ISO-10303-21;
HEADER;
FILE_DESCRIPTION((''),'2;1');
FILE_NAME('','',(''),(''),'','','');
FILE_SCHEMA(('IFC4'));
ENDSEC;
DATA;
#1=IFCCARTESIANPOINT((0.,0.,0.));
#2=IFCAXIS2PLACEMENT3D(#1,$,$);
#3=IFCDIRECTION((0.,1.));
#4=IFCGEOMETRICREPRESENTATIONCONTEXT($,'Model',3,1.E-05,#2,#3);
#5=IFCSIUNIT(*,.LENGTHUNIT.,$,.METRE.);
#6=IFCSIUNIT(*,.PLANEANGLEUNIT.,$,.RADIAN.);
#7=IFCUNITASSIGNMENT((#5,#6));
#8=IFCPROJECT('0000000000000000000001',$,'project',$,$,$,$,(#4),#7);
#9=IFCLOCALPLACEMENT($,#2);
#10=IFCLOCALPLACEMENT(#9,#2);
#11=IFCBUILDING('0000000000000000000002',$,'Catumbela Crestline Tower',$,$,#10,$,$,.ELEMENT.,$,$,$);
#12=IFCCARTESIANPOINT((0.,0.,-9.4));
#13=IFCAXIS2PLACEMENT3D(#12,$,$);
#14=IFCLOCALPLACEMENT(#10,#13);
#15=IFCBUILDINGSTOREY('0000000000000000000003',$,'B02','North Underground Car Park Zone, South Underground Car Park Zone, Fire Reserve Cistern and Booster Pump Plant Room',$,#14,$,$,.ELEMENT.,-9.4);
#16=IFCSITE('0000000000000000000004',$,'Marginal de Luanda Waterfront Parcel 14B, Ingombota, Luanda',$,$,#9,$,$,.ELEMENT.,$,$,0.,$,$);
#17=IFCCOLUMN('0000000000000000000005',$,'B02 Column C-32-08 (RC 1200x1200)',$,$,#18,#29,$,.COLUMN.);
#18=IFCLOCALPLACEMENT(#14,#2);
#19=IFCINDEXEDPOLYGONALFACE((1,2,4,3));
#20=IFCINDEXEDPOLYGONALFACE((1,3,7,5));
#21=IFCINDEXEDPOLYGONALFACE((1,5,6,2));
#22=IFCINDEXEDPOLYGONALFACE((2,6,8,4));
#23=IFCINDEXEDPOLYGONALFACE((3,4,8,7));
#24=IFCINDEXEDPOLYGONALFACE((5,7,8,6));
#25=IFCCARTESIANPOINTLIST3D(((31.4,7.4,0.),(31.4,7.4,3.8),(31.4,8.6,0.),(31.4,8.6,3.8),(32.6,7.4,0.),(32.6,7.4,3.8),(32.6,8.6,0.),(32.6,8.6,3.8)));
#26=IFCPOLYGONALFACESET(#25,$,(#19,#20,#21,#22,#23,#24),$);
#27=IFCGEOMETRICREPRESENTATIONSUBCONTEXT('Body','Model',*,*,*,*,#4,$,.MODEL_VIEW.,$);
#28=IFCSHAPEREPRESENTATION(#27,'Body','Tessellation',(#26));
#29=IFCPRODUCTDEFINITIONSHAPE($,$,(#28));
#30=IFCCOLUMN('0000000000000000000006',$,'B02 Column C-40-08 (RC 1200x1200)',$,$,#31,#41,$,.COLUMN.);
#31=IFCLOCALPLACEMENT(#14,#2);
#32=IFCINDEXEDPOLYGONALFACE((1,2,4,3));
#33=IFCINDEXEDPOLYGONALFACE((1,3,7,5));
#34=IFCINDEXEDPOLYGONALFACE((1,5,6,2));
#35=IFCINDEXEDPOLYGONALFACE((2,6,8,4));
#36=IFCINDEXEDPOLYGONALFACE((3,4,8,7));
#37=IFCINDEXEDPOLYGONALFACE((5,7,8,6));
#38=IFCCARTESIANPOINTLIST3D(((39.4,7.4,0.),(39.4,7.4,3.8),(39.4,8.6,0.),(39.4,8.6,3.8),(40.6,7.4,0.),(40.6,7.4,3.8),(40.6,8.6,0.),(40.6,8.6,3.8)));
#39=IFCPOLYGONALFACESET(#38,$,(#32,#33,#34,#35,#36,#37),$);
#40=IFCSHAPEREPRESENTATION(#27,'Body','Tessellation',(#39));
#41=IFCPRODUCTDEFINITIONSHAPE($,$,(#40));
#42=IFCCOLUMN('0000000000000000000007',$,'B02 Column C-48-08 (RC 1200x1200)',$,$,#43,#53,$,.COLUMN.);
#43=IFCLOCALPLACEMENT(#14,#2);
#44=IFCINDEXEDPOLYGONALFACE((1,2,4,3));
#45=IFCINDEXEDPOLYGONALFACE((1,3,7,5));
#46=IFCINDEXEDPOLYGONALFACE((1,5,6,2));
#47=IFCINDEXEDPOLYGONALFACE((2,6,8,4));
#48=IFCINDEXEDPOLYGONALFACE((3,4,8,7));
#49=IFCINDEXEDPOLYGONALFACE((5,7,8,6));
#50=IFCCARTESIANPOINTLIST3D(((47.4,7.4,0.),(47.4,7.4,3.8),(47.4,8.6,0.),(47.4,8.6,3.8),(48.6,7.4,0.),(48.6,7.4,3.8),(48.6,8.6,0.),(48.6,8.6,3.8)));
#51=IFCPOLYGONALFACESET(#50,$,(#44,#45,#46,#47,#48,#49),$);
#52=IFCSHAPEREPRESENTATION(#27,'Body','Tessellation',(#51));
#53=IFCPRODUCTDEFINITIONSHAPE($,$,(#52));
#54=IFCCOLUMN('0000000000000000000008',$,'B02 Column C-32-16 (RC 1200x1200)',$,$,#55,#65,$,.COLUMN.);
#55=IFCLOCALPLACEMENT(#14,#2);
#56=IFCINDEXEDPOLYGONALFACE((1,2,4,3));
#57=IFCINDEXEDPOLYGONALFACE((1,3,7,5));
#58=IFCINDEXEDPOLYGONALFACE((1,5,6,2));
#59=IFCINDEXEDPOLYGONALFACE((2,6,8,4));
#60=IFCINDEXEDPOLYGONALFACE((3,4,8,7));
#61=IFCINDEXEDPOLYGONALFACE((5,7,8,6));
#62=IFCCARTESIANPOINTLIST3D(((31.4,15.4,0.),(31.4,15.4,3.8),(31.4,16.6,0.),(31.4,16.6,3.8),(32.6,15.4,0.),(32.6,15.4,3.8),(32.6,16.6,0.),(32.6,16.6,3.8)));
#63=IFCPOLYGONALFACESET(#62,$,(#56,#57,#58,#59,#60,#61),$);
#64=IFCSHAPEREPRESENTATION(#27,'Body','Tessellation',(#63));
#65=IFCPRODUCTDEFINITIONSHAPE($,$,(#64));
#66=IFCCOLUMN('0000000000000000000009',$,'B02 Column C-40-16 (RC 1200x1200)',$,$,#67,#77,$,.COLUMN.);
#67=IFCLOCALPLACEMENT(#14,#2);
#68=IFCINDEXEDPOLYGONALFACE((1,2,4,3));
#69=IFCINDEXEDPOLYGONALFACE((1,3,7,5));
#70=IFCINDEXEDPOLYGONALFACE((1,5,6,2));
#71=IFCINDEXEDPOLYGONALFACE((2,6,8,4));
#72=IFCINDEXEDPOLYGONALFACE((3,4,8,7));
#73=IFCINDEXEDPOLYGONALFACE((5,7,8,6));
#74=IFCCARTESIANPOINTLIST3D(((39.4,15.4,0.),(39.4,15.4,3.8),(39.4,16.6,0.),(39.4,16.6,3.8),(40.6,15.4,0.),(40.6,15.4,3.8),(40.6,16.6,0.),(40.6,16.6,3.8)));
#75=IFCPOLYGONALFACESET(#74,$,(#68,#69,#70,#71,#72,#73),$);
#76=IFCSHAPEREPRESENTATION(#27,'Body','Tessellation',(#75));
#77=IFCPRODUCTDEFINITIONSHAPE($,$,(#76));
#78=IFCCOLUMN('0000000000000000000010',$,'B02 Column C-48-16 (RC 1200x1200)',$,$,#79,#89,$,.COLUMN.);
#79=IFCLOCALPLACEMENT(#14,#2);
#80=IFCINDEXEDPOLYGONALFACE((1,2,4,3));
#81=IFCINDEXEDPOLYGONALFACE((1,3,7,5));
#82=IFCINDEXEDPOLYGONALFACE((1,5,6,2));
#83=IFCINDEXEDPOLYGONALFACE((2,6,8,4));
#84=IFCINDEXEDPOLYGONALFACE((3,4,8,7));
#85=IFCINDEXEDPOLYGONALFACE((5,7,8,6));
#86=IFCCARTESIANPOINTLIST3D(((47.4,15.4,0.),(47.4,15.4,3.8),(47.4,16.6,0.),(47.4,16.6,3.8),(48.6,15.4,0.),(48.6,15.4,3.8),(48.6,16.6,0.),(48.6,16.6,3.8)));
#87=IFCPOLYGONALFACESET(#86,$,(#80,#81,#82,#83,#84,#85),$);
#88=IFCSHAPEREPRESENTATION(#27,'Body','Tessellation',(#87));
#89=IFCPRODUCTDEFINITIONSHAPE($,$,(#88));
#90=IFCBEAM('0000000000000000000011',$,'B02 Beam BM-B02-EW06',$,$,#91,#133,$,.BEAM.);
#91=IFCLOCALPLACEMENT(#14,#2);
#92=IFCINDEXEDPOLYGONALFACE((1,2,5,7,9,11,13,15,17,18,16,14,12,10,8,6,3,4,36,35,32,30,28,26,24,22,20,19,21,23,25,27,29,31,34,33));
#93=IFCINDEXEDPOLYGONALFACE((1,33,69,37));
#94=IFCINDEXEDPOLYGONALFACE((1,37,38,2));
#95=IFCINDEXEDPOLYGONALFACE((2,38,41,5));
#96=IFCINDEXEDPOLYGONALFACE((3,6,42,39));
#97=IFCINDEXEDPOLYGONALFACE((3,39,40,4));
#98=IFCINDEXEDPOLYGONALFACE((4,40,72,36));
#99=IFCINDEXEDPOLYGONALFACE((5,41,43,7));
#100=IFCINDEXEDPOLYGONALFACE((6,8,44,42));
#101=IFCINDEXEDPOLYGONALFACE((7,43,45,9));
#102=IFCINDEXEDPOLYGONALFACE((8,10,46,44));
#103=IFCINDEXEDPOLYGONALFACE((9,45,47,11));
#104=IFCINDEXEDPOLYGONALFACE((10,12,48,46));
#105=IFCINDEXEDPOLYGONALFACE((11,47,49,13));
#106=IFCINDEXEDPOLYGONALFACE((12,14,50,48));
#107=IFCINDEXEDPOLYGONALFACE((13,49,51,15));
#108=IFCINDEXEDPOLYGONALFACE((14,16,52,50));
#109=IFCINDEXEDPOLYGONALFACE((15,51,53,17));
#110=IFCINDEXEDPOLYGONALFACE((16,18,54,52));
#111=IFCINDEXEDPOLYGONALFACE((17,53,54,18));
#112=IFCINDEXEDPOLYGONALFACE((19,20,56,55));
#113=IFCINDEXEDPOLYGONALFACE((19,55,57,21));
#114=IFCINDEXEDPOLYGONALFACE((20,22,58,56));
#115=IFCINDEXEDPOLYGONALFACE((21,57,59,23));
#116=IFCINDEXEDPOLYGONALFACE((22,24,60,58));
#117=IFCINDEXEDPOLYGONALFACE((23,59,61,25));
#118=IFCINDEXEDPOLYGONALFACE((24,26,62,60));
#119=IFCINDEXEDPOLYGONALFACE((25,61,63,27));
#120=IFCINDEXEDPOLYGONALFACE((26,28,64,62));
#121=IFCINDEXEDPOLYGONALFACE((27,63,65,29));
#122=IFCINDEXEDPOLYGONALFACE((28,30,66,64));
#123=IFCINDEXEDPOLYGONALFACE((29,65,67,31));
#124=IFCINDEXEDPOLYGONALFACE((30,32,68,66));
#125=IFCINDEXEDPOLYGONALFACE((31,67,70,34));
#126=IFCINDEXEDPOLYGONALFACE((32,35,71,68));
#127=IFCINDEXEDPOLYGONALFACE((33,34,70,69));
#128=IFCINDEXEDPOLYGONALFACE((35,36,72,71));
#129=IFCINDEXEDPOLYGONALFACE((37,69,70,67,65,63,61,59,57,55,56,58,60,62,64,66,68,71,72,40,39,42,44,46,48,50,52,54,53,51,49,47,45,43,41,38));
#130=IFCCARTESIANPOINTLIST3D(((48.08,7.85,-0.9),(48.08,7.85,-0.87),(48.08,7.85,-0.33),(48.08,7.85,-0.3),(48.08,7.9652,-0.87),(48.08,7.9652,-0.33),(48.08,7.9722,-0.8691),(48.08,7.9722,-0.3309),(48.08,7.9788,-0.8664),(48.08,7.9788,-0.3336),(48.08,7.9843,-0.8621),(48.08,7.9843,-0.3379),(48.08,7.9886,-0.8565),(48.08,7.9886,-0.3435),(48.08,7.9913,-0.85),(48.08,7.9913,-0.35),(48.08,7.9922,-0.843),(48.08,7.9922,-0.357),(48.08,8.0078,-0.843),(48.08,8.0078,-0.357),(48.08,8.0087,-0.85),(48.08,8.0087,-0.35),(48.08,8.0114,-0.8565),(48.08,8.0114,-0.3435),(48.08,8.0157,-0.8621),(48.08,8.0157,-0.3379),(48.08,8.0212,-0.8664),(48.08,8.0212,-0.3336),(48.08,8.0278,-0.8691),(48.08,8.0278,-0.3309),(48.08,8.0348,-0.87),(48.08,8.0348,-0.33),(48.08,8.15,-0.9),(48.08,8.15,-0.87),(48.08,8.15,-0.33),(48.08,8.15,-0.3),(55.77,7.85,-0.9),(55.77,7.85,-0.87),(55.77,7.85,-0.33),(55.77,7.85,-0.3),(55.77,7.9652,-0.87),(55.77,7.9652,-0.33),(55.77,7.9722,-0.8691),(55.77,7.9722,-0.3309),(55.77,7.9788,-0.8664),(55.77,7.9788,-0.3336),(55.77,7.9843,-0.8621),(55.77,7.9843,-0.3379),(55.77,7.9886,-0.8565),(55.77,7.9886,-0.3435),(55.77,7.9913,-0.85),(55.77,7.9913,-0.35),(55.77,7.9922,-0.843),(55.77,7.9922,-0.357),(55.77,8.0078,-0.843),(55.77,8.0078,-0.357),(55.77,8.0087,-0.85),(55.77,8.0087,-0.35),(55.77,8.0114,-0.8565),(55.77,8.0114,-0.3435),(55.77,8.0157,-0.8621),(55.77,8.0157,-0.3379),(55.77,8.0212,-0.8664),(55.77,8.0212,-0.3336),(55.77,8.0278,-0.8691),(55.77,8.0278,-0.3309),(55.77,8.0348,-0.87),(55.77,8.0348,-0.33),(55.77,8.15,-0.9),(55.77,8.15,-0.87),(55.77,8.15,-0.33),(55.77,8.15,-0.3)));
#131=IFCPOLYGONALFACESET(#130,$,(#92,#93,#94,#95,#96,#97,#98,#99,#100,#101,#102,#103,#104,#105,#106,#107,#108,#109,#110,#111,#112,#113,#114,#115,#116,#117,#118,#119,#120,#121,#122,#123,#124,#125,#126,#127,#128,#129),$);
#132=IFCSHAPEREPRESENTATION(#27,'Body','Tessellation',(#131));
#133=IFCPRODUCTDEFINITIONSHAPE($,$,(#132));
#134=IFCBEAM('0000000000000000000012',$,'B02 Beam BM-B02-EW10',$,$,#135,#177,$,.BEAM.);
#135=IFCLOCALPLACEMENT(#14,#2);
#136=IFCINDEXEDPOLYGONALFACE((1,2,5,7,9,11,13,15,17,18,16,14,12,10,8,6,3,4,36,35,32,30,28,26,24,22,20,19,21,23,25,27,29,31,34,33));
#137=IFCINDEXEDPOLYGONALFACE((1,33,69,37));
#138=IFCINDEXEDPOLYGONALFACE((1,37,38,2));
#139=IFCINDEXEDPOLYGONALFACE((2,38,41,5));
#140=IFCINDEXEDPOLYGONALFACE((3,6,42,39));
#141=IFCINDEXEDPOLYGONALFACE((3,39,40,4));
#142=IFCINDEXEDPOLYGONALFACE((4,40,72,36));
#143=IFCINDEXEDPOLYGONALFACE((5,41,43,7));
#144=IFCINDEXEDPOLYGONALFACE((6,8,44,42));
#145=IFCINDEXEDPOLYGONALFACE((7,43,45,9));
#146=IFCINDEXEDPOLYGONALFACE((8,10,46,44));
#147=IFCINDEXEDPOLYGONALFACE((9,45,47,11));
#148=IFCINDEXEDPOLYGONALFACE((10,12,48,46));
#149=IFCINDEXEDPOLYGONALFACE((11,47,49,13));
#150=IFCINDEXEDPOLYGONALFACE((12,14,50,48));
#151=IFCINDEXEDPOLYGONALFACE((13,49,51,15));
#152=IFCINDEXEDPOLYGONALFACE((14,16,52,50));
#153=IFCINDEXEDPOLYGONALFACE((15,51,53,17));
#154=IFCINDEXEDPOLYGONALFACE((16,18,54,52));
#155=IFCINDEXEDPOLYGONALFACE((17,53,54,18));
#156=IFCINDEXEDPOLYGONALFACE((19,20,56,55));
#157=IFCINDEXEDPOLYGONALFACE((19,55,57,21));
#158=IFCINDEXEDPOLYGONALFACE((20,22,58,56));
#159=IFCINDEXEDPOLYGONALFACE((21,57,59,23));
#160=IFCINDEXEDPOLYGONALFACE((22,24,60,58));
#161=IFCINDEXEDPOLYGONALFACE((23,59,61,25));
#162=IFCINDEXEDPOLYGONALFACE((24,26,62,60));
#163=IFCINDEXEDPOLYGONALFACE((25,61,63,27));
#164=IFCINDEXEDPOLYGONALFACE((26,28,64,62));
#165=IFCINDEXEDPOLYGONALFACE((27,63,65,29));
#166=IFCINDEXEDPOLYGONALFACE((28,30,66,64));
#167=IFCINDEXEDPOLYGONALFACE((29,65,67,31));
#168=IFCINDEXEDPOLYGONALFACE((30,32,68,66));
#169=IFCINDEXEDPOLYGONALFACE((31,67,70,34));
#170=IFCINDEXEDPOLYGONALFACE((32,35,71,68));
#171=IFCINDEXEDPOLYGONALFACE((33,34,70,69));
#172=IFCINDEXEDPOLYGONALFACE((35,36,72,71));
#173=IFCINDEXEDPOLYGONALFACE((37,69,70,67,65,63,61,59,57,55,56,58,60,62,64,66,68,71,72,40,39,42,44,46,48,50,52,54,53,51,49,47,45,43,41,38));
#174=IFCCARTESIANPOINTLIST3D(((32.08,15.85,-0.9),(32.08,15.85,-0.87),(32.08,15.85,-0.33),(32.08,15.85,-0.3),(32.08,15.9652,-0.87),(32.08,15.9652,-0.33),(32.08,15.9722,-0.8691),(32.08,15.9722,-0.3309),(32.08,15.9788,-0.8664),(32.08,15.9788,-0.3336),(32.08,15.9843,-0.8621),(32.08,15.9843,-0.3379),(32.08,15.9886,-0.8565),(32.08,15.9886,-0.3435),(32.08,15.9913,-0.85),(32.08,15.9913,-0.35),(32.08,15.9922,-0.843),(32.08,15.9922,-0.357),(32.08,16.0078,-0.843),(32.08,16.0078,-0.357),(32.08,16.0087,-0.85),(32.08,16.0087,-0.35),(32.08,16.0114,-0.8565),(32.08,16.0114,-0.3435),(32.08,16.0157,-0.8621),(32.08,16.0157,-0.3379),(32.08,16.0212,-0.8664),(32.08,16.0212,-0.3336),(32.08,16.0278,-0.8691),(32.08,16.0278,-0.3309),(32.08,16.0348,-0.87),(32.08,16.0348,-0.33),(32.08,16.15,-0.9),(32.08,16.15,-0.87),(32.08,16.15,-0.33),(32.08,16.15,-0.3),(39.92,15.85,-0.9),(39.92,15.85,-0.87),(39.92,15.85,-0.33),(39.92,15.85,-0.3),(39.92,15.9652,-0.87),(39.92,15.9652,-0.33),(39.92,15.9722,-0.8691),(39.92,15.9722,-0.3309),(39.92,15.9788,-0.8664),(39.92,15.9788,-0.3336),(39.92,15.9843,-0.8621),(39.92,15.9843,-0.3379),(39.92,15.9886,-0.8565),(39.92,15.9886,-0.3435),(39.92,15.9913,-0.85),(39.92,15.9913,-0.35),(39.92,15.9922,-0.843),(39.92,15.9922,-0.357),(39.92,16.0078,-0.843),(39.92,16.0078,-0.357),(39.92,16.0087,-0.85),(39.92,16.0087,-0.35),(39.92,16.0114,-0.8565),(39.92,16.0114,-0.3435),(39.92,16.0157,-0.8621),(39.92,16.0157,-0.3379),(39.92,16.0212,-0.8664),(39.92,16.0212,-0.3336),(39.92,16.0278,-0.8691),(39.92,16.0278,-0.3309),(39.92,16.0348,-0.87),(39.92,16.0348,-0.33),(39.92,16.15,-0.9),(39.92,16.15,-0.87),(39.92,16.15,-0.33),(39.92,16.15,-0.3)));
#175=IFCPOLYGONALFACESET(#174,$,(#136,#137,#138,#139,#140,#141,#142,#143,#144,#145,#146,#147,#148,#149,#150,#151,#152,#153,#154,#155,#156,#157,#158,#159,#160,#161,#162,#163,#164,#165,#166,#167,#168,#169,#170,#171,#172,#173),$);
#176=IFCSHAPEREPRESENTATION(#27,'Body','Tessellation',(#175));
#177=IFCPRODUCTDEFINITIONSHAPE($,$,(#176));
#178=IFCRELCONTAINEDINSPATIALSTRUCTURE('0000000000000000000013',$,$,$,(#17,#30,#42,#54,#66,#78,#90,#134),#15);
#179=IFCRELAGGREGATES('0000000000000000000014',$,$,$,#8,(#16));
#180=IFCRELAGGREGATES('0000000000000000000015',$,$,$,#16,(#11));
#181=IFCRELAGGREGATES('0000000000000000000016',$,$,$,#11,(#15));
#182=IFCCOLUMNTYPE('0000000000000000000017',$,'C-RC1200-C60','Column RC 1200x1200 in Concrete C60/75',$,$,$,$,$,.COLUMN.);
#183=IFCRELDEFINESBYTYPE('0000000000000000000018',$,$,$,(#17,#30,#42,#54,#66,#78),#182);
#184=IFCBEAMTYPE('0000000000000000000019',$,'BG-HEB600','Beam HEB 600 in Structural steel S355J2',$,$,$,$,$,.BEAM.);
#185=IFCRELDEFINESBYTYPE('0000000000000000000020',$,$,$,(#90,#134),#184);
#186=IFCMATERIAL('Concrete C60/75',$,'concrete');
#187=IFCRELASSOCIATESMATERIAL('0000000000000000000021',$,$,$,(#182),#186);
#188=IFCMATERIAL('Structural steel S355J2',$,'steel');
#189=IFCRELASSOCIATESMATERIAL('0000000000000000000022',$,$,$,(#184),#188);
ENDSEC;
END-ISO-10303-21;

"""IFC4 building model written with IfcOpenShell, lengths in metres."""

from ifc_helpers import new_model, si_unit, direction, frame, origin, origin_2d, place, context, subcontext, project, spatial, rectangle, i_section, extrude, material, material_profile, profile_set, type_object, element, save


model = new_model("IFC4")

# Units and contexts
model_context = context("Model", 3, precision=1e-05, world=origin(), true_north=direction((0.0, 1.0)))
body_context = subcontext(model_context, "Body", "Model", "MODEL_VIEW")
ifc_project = project(units=[si_unit("LENGTHUNIT", "METRE"), si_unit("PLANEANGLEUNIT", "RADIAN")], contexts=[model_context])

# Site, building, storey
site_placement = place(None, origin())
site = spatial("IfcSite", under=ifc_project, at=site_placement, Name="Marginal de Luanda Waterfront Parcel 14B, Ingombota, Luanda", CompositionType="ELEMENT", RefElevation=0.0)
building_placement = place(site_placement, origin())
building = spatial("IfcBuilding", under=site, at=building_placement, Name="Catumbela Crestline Tower", CompositionType="ELEMENT")
storey_placement = place(building_placement, frame((0.0, 0.0, -9.4)))
storey = spatial("IfcBuildingStorey", under=building, at=storey_placement, Name="B02", Description="North Underground Car Park Zone, South Underground Car Park Zone, Fire Reserve Cistern and Booster Pump Plant Room", CompositionType="ELEMENT", Elevation=-9.4)

# Columns
ifc_material_1 = material(Name="Concrete C60/75", Category="concrete")
ifc_material_profile_1 = material_profile(ifc_material_1, rectangle(XDim=1.2, YDim=1.2, at=origin_2d()), Name="RC 1200x1200")
ifc_profile_set_1 = profile_set([ifc_material_profile_1], Name="Concrete C60/75")
column_type = type_object("IfcColumnType", Name="C-RC1200-C60", Description="Column RC 1200x1200 in Concrete C60/75", PredefinedType="COLUMN", material=ifc_profile_set_1)
for number, where, z_axis, x_axis, name in (
    (1, (32.0, 8.0, 0.0), (0.0, 0.0, 1.0), (1.0, 0.0, 0.0), "B02 Column C-32-08 (RC 1200x1200)"),
    (2, (40.0, 8.0, 0.0), (0.0, 0.0, 1.0), (1.0, 0.0, 0.0), "B02 Column C-40-08 (RC 1200x1200)"),
    (3, (48.0, 8.0, 0.0), (0.0, 0.0, 1.0), (1.0, 0.0, 0.0), "B02 Column C-48-08 (RC 1200x1200)"),
    (4, (32.0, 16.0, 0.0), (0.0, 0.0, 1.0), (1.0, 0.0, 0.0), "B02 Column C-32-16 (RC 1200x1200)"),
    (5, (40.0, 16.0, 0.0), (0.0, 0.0, 1.0), (1.0, 0.0, 0.0), "B02 Column C-40-16 (RC 1200x1200)"),
    (6, (48.0, 16.0, 0.0), (0.0, 0.0, 1.0), (1.0, 0.0, 0.0), "B02 Column C-48-16 (RC 1200x1200)"),
):
    element("IfcColumn", number, at=place(storey_placement, frame(where, z_axis=z_axis, x_axis=x_axis)), inside=storey, type_object=column_type, Name=name, PredefinedType="COLUMN", context=body_context, shape_type="SweptSolid", body=[
        extrude(rectangle(XDim=1.2, YDim=1.2, at=origin_2d()), origin(), (0.0, 0.0, 1.0), 3.8),
    ])

# Beams
ifc_material_2 = material(Name="Structural steel S355J2", Category="steel")
ifc_material_profile_2 = material_profile(ifc_material_2, i_section(OverallWidth=0.3, OverallDepth=0.6, WebThickness=0.0155, FlangeThickness=0.03, FilletRadius=0.027, at=origin_2d()), Name="HEB 600")
ifc_profile_set_2 = profile_set([ifc_material_profile_2], Name="Structural steel S355J2")
beam_type_1 = type_object("IfcBeamType", Name="BG-HEB600", Description="Beam HEB 600 in Structural steel S355J2", PredefinedType="BEAM", material=ifc_profile_set_2)
beam_1_placement = place(storey_placement, frame((48.08, 8.0, -0.6), z_axis=(1.0, 0.0, 0.0), x_axis=(0.0, 1.0, 0.0)))
element("IfcBeam", 7, at=beam_1_placement, inside=storey, type_object=beam_type_1, Name="B02 Beam BM-B02-EW06", PredefinedType="BEAM", context=body_context, shape_type="SweptSolid", body=[
    extrude(i_section(OverallWidth=0.3, OverallDepth=0.6, WebThickness=0.0155, FlangeThickness=0.03, FilletRadius=0.027, at=origin_2d()), origin(), (0.0, 0.0, 1.0), 7.69),
])
beam_2_placement = place(storey_placement, frame((32.08, 16.0, -0.6), z_axis=(1.0, 0.0, 0.0), x_axis=(0.0, 1.0, 0.0)))
element("IfcBeam", 8, at=beam_2_placement, inside=storey, type_object=beam_type_1, Name="B02 Beam BM-B02-EW10", PredefinedType="BEAM", context=body_context, shape_type="SweptSolid", body=[
    extrude(i_section(OverallWidth=0.3, OverallDepth=0.6, WebThickness=0.0155, FlangeThickness=0.03, FilletRadius=0.027, at=origin_2d()), origin(), (0.0, 0.0, 1.0), 7.84),
])

save(model, "model.ifc")
